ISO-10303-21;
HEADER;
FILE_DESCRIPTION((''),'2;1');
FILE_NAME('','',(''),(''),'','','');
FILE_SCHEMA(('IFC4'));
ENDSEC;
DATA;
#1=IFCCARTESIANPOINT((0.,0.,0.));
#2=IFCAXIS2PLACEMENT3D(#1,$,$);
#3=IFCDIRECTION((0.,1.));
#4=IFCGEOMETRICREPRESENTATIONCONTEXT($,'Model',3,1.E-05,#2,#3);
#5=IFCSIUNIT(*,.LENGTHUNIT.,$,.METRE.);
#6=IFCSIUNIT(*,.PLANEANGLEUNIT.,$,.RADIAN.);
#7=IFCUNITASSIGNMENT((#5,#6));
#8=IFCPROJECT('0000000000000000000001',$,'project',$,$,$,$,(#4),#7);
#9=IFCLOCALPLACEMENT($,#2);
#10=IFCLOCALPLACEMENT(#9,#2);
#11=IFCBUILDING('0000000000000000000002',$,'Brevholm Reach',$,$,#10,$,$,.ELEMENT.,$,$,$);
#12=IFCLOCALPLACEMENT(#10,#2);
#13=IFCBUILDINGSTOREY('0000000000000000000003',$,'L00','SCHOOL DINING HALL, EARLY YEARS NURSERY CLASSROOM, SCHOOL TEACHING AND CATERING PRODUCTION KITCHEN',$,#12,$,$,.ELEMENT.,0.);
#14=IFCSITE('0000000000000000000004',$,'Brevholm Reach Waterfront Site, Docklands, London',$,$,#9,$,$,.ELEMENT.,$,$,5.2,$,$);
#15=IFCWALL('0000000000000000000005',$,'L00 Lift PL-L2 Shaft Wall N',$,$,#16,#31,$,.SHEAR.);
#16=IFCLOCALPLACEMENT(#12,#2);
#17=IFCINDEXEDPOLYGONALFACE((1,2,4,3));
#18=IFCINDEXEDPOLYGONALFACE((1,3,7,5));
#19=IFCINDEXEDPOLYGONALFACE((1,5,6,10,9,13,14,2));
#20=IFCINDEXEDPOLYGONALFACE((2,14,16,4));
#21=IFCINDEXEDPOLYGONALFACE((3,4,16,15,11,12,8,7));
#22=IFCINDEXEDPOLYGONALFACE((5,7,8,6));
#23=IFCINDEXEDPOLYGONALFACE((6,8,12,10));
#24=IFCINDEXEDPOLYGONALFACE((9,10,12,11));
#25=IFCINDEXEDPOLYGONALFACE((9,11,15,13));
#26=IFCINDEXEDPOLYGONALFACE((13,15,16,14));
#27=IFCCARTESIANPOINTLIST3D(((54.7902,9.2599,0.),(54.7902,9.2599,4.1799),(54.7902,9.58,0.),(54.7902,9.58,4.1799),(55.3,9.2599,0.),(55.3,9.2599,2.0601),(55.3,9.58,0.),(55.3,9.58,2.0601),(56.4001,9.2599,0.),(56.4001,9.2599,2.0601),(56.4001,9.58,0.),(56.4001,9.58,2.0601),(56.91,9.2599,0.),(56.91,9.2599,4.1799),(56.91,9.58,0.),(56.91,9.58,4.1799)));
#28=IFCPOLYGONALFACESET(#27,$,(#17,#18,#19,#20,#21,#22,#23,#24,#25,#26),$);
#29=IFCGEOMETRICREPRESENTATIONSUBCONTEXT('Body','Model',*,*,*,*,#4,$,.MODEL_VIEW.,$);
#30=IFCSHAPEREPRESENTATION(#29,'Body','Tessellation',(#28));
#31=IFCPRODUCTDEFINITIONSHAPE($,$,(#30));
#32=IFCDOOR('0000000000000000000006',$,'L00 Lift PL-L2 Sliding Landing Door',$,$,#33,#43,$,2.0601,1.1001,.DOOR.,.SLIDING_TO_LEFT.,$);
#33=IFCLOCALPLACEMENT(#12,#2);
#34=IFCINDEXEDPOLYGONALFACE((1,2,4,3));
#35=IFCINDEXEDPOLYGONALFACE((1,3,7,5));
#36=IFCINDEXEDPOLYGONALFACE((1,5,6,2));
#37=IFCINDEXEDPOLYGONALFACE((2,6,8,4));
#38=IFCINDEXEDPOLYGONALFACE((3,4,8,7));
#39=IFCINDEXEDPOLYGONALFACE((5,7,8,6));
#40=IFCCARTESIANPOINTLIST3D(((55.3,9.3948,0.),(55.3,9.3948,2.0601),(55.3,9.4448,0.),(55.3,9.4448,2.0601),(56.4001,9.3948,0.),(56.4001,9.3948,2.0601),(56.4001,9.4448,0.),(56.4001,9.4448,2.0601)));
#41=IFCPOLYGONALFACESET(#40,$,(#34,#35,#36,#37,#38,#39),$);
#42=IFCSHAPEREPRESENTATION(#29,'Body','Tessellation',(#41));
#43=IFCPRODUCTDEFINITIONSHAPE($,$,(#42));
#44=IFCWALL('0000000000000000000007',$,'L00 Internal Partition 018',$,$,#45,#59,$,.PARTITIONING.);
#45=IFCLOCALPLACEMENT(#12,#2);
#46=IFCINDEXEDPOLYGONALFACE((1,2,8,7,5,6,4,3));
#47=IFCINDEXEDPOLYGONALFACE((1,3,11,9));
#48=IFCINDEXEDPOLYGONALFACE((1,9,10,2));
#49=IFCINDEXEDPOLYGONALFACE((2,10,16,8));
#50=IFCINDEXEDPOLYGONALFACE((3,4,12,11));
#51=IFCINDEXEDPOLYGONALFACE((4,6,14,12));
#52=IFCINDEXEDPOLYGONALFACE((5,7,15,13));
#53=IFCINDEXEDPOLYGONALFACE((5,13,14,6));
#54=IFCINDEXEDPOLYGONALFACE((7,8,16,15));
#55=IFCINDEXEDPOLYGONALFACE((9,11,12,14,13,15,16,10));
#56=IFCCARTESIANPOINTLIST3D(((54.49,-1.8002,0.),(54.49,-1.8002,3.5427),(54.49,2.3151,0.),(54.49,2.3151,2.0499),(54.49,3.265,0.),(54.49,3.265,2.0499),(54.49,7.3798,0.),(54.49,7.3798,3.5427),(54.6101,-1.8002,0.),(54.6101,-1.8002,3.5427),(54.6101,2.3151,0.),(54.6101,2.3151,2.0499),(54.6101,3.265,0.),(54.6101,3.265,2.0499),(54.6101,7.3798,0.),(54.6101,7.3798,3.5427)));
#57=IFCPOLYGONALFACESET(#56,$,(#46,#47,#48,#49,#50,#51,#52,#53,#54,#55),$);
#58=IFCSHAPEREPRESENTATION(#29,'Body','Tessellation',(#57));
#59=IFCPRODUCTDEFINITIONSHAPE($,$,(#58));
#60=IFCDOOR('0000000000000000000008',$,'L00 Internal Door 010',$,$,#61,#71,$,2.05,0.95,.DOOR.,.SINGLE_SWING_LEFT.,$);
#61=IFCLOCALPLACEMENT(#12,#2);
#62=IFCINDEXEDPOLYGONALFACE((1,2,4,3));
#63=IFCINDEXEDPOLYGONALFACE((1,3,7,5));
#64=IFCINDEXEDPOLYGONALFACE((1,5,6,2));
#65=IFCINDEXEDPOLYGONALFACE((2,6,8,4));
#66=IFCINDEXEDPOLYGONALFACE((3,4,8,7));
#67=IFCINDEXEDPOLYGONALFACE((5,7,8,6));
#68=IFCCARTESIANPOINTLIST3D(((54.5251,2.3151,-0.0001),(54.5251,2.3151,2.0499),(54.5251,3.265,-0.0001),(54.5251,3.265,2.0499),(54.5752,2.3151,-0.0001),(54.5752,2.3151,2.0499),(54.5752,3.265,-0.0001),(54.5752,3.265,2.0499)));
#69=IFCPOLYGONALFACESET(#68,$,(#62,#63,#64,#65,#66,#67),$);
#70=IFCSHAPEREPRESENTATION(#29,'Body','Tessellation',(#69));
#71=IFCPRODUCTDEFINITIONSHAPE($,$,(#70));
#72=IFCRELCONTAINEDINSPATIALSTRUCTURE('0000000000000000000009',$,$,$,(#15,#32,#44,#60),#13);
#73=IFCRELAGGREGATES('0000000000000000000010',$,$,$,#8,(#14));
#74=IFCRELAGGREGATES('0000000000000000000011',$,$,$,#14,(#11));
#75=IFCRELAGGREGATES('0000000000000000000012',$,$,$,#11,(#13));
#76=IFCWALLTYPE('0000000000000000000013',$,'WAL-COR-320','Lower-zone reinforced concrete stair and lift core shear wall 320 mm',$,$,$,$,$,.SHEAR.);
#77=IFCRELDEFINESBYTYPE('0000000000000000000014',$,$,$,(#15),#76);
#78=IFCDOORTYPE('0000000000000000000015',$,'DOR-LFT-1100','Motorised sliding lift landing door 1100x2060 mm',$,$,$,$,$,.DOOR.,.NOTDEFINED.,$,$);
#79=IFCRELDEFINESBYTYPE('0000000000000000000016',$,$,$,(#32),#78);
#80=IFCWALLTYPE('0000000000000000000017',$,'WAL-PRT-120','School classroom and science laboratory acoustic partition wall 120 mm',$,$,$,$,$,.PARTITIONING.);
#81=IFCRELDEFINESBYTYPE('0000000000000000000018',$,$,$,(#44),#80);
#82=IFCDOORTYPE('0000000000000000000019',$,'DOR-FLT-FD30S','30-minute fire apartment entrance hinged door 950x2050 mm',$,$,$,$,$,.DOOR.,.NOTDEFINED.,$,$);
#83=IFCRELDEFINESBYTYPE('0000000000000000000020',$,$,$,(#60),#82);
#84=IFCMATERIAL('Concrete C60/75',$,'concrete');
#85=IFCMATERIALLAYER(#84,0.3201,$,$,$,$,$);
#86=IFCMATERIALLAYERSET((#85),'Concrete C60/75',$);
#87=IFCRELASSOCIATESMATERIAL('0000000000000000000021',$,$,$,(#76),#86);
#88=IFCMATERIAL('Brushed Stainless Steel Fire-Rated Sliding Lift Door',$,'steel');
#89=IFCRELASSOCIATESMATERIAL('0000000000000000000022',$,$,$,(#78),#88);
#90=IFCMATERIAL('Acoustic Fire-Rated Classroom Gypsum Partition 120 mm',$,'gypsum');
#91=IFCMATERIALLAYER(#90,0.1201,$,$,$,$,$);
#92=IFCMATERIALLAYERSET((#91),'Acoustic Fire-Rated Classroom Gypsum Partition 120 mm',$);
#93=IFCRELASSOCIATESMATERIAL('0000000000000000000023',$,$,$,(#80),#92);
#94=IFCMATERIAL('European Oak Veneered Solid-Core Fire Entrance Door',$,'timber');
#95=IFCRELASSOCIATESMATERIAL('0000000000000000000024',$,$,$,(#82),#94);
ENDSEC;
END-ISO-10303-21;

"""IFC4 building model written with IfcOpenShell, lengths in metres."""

from ifc_helpers import new_model, si_unit, direction, frame, frame_2d, origin, place, context, subcontext, project, spatial, rectangle, extrude, material, layer, layer_set, type_object, element, fill, save


model = new_model("IFC4")

# Units and contexts
model_context = context("Model", 3, precision=1e-05, world=origin(), true_north=direction((0.0, 1.0)))
body_context = subcontext(model_context, "Body", "Model", "MODEL_VIEW")
ifc_project = project(units=[si_unit("LENGTHUNIT", "METRE"), si_unit("PLANEANGLEUNIT", "RADIAN")], contexts=[model_context])

# Site, building, storey
site_placement = place(None, origin())
site = spatial("IfcSite", under=ifc_project, at=site_placement, Name="Brevholm Reach Waterfront Site, Docklands, London", CompositionType="ELEMENT", RefElevation=5.2)
building_placement = place(site_placement, origin())
building = spatial("IfcBuilding", under=site, at=building_placement, Name="Brevholm Reach", CompositionType="ELEMENT")
storey_placement = place(building_placement, origin())
storey = spatial("IfcBuildingStorey", under=building, at=storey_placement, Name="L00", Description="SCHOOL DINING HALL, EARLY YEARS NURSERY CLASSROOM, SCHOOL TEACHING AND CATERING PRODUCTION KITCHEN", CompositionType="ELEMENT", Elevation=0.0)

# Shared definitions
ifc_material_1 = material(Name="Concrete C60/75", Category="concrete")
ifc_layer_1 = layer(ifc_material_1, 0.3201)
ifc_layer_set_1 = layer_set([ifc_layer_1], Name="Concrete C60/75")
wall_type_1 = type_object("IfcWallType", Name="WAL-COR-320", Description="Lower-zone reinforced concrete stair and lift core shear wall 320 mm", PredefinedType="SHEAR", material=ifc_layer_set_1)

# Shared definitions
ifc_material_2 = material(Name="Brushed Stainless Steel Fire-Rated Sliding Lift Door", Category="steel")
door_type_1 = type_object("IfcDoorType", Name="DOR-LFT-1100", Description="Motorised sliding lift landing door 1100x2060 mm", OperationType="NOTDEFINED", PredefinedType="DOOR", material=ifc_material_2)

# Walls, openings, doors
wall_1_placement = place(storey_placement, frame((54.79, 9.4199, 0.0), z_axis=(0.0, 0.0, 1.0), x_axis=(1.0, 0.0, 0.0)))
wall_1 = element("IfcWall", 1, at=wall_1_placement, inside=storey, type_object=wall_type_1, Name="L00 Lift PL-L2 Shaft Wall N", PredefinedType="SHEAR", context=body_context, shape_type="SweptSolid", body=[
    extrude(rectangle(XDim=2.1199, YDim=0.3201, at=frame_2d((1.0601, 0.0))), origin(), (0.0, 0.0, 1.0), 4.1799),
])
opening_1_placement = place(wall_1_placement, frame((0.51, 0.0, 0.0)))
opening_1 = element("IfcOpeningElement", 2, at=opening_1_placement, cuts=wall_1, PredefinedType="OPENING", context=body_context, shape_type="SweptSolid", body=[
    extrude(rectangle(XDim=1.1001, YDim=2.0601, at=frame_2d((0.55, 1.03))), frame((0.0, 0.1699, 0.0), z_axis=(0.0, -1.0, 0.0), x_axis=(1.0, 0.0, 0.0)), (0.0, 0.0, 1.0), 0.3401),
])
door_1_placement = place(opening_1_placement, origin())
door_1 = element("IfcDoor", 3, at=door_1_placement, inside=storey, type_object=door_type_1, Name="L00 Lift PL-L2 Sliding Landing Door", OperationType="SLIDING_TO_LEFT", OverallHeight=2.0601, OverallWidth=1.1001, PredefinedType="DOOR", context=body_context, shape_type="SweptSolid", body=[
    extrude(rectangle(XDim=1.1001, YDim=2.0601, at=frame_2d((0.55, 1.03))), frame((0.0, 0.0249, 0.0), z_axis=(0.0, -1.0, 0.0), x_axis=(1.0, 0.0, 0.0)), (0.0, 0.0, 1.0), 0.05),
])
fill(opening_1, door_1)
ifc_material_3 = material(Name="Acoustic Fire-Rated Classroom Gypsum Partition 120 mm", Category="gypsum")
ifc_layer_2 = layer(ifc_material_3, 0.1201)
ifc_layer_set_2 = layer_set([ifc_layer_2], Name="Acoustic Fire-Rated Classroom Gypsum Partition 120 mm")
wall_type_2 = type_object("IfcWallType", Name="WAL-PRT-120", Description="School classroom and science laboratory acoustic partition wall 120 mm", PredefinedType="PARTITIONING", material=ifc_layer_set_2)
wall_2_placement = place(storey_placement, frame((54.55, -1.8, 0.0), z_axis=(0.0, 0.0, 1.0), x_axis=(0.0, 1.0, 0.0)))
wall_2 = element("IfcWall", 4, at=wall_2_placement, inside=storey, type_object=wall_type_2, Name="L00 Internal Partition 018", PredefinedType="PARTITIONING", context=body_context, shape_type="SweptSolid", body=[
    extrude(rectangle(XDim=9.1799, YDim=0.1201, at=frame_2d((4.5898, 0.0))), origin(), (0.0, 0.0, 1.0), 3.5427),
])
opening_2_placement = place(wall_2_placement, frame((4.115, 0.0, 0.0)))
opening_2 = element("IfcOpeningElement", 5, at=opening_2_placement, cuts=wall_2, PredefinedType="OPENING", context=body_context, shape_type="SweptSolid", body=[
    extrude(rectangle(XDim=0.95, YDim=2.05, at=frame_2d((0.4751, 1.0249))), frame((0.0, 0.0701, 0.0), z_axis=(0.0, -1.0, 0.0), x_axis=(1.0, 0.0, 0.0)), (0.0, 0.0, 1.0), 0.1401),
])
ifc_material_4 = material(Name="European Oak Veneered Solid-Core Fire Entrance Door", Category="timber")
door_type_2 = type_object("IfcDoorType", Name="DOR-FLT-FD30S", Description="30-minute fire apartment entrance hinged door 950x2050 mm", OperationType="NOTDEFINED", PredefinedType="DOOR", material=ifc_material_4)
door_2_placement = place(opening_2_placement, origin())
door_2 = element("IfcDoor", 6, at=door_2_placement, inside=storey, type_object=door_type_2, Name="L00 Internal Door 010", OperationType="SINGLE_SWING_LEFT", OverallHeight=2.05, OverallWidth=0.95, PredefinedType="DOOR", context=body_context, shape_type="SweptSolid", body=[
    extrude(rectangle(XDim=0.95, YDim=2.05, at=frame_2d((0.4751, 1.0249))), frame((0.0, 0.0249, 0.0), z_axis=(0.0, -1.0, 0.0), x_axis=(1.0, 0.0, 0.0)), (0.0, 0.0, 1.0), 0.05),
])
fill(opening_2, door_2)

save(model, "model.ifc")
